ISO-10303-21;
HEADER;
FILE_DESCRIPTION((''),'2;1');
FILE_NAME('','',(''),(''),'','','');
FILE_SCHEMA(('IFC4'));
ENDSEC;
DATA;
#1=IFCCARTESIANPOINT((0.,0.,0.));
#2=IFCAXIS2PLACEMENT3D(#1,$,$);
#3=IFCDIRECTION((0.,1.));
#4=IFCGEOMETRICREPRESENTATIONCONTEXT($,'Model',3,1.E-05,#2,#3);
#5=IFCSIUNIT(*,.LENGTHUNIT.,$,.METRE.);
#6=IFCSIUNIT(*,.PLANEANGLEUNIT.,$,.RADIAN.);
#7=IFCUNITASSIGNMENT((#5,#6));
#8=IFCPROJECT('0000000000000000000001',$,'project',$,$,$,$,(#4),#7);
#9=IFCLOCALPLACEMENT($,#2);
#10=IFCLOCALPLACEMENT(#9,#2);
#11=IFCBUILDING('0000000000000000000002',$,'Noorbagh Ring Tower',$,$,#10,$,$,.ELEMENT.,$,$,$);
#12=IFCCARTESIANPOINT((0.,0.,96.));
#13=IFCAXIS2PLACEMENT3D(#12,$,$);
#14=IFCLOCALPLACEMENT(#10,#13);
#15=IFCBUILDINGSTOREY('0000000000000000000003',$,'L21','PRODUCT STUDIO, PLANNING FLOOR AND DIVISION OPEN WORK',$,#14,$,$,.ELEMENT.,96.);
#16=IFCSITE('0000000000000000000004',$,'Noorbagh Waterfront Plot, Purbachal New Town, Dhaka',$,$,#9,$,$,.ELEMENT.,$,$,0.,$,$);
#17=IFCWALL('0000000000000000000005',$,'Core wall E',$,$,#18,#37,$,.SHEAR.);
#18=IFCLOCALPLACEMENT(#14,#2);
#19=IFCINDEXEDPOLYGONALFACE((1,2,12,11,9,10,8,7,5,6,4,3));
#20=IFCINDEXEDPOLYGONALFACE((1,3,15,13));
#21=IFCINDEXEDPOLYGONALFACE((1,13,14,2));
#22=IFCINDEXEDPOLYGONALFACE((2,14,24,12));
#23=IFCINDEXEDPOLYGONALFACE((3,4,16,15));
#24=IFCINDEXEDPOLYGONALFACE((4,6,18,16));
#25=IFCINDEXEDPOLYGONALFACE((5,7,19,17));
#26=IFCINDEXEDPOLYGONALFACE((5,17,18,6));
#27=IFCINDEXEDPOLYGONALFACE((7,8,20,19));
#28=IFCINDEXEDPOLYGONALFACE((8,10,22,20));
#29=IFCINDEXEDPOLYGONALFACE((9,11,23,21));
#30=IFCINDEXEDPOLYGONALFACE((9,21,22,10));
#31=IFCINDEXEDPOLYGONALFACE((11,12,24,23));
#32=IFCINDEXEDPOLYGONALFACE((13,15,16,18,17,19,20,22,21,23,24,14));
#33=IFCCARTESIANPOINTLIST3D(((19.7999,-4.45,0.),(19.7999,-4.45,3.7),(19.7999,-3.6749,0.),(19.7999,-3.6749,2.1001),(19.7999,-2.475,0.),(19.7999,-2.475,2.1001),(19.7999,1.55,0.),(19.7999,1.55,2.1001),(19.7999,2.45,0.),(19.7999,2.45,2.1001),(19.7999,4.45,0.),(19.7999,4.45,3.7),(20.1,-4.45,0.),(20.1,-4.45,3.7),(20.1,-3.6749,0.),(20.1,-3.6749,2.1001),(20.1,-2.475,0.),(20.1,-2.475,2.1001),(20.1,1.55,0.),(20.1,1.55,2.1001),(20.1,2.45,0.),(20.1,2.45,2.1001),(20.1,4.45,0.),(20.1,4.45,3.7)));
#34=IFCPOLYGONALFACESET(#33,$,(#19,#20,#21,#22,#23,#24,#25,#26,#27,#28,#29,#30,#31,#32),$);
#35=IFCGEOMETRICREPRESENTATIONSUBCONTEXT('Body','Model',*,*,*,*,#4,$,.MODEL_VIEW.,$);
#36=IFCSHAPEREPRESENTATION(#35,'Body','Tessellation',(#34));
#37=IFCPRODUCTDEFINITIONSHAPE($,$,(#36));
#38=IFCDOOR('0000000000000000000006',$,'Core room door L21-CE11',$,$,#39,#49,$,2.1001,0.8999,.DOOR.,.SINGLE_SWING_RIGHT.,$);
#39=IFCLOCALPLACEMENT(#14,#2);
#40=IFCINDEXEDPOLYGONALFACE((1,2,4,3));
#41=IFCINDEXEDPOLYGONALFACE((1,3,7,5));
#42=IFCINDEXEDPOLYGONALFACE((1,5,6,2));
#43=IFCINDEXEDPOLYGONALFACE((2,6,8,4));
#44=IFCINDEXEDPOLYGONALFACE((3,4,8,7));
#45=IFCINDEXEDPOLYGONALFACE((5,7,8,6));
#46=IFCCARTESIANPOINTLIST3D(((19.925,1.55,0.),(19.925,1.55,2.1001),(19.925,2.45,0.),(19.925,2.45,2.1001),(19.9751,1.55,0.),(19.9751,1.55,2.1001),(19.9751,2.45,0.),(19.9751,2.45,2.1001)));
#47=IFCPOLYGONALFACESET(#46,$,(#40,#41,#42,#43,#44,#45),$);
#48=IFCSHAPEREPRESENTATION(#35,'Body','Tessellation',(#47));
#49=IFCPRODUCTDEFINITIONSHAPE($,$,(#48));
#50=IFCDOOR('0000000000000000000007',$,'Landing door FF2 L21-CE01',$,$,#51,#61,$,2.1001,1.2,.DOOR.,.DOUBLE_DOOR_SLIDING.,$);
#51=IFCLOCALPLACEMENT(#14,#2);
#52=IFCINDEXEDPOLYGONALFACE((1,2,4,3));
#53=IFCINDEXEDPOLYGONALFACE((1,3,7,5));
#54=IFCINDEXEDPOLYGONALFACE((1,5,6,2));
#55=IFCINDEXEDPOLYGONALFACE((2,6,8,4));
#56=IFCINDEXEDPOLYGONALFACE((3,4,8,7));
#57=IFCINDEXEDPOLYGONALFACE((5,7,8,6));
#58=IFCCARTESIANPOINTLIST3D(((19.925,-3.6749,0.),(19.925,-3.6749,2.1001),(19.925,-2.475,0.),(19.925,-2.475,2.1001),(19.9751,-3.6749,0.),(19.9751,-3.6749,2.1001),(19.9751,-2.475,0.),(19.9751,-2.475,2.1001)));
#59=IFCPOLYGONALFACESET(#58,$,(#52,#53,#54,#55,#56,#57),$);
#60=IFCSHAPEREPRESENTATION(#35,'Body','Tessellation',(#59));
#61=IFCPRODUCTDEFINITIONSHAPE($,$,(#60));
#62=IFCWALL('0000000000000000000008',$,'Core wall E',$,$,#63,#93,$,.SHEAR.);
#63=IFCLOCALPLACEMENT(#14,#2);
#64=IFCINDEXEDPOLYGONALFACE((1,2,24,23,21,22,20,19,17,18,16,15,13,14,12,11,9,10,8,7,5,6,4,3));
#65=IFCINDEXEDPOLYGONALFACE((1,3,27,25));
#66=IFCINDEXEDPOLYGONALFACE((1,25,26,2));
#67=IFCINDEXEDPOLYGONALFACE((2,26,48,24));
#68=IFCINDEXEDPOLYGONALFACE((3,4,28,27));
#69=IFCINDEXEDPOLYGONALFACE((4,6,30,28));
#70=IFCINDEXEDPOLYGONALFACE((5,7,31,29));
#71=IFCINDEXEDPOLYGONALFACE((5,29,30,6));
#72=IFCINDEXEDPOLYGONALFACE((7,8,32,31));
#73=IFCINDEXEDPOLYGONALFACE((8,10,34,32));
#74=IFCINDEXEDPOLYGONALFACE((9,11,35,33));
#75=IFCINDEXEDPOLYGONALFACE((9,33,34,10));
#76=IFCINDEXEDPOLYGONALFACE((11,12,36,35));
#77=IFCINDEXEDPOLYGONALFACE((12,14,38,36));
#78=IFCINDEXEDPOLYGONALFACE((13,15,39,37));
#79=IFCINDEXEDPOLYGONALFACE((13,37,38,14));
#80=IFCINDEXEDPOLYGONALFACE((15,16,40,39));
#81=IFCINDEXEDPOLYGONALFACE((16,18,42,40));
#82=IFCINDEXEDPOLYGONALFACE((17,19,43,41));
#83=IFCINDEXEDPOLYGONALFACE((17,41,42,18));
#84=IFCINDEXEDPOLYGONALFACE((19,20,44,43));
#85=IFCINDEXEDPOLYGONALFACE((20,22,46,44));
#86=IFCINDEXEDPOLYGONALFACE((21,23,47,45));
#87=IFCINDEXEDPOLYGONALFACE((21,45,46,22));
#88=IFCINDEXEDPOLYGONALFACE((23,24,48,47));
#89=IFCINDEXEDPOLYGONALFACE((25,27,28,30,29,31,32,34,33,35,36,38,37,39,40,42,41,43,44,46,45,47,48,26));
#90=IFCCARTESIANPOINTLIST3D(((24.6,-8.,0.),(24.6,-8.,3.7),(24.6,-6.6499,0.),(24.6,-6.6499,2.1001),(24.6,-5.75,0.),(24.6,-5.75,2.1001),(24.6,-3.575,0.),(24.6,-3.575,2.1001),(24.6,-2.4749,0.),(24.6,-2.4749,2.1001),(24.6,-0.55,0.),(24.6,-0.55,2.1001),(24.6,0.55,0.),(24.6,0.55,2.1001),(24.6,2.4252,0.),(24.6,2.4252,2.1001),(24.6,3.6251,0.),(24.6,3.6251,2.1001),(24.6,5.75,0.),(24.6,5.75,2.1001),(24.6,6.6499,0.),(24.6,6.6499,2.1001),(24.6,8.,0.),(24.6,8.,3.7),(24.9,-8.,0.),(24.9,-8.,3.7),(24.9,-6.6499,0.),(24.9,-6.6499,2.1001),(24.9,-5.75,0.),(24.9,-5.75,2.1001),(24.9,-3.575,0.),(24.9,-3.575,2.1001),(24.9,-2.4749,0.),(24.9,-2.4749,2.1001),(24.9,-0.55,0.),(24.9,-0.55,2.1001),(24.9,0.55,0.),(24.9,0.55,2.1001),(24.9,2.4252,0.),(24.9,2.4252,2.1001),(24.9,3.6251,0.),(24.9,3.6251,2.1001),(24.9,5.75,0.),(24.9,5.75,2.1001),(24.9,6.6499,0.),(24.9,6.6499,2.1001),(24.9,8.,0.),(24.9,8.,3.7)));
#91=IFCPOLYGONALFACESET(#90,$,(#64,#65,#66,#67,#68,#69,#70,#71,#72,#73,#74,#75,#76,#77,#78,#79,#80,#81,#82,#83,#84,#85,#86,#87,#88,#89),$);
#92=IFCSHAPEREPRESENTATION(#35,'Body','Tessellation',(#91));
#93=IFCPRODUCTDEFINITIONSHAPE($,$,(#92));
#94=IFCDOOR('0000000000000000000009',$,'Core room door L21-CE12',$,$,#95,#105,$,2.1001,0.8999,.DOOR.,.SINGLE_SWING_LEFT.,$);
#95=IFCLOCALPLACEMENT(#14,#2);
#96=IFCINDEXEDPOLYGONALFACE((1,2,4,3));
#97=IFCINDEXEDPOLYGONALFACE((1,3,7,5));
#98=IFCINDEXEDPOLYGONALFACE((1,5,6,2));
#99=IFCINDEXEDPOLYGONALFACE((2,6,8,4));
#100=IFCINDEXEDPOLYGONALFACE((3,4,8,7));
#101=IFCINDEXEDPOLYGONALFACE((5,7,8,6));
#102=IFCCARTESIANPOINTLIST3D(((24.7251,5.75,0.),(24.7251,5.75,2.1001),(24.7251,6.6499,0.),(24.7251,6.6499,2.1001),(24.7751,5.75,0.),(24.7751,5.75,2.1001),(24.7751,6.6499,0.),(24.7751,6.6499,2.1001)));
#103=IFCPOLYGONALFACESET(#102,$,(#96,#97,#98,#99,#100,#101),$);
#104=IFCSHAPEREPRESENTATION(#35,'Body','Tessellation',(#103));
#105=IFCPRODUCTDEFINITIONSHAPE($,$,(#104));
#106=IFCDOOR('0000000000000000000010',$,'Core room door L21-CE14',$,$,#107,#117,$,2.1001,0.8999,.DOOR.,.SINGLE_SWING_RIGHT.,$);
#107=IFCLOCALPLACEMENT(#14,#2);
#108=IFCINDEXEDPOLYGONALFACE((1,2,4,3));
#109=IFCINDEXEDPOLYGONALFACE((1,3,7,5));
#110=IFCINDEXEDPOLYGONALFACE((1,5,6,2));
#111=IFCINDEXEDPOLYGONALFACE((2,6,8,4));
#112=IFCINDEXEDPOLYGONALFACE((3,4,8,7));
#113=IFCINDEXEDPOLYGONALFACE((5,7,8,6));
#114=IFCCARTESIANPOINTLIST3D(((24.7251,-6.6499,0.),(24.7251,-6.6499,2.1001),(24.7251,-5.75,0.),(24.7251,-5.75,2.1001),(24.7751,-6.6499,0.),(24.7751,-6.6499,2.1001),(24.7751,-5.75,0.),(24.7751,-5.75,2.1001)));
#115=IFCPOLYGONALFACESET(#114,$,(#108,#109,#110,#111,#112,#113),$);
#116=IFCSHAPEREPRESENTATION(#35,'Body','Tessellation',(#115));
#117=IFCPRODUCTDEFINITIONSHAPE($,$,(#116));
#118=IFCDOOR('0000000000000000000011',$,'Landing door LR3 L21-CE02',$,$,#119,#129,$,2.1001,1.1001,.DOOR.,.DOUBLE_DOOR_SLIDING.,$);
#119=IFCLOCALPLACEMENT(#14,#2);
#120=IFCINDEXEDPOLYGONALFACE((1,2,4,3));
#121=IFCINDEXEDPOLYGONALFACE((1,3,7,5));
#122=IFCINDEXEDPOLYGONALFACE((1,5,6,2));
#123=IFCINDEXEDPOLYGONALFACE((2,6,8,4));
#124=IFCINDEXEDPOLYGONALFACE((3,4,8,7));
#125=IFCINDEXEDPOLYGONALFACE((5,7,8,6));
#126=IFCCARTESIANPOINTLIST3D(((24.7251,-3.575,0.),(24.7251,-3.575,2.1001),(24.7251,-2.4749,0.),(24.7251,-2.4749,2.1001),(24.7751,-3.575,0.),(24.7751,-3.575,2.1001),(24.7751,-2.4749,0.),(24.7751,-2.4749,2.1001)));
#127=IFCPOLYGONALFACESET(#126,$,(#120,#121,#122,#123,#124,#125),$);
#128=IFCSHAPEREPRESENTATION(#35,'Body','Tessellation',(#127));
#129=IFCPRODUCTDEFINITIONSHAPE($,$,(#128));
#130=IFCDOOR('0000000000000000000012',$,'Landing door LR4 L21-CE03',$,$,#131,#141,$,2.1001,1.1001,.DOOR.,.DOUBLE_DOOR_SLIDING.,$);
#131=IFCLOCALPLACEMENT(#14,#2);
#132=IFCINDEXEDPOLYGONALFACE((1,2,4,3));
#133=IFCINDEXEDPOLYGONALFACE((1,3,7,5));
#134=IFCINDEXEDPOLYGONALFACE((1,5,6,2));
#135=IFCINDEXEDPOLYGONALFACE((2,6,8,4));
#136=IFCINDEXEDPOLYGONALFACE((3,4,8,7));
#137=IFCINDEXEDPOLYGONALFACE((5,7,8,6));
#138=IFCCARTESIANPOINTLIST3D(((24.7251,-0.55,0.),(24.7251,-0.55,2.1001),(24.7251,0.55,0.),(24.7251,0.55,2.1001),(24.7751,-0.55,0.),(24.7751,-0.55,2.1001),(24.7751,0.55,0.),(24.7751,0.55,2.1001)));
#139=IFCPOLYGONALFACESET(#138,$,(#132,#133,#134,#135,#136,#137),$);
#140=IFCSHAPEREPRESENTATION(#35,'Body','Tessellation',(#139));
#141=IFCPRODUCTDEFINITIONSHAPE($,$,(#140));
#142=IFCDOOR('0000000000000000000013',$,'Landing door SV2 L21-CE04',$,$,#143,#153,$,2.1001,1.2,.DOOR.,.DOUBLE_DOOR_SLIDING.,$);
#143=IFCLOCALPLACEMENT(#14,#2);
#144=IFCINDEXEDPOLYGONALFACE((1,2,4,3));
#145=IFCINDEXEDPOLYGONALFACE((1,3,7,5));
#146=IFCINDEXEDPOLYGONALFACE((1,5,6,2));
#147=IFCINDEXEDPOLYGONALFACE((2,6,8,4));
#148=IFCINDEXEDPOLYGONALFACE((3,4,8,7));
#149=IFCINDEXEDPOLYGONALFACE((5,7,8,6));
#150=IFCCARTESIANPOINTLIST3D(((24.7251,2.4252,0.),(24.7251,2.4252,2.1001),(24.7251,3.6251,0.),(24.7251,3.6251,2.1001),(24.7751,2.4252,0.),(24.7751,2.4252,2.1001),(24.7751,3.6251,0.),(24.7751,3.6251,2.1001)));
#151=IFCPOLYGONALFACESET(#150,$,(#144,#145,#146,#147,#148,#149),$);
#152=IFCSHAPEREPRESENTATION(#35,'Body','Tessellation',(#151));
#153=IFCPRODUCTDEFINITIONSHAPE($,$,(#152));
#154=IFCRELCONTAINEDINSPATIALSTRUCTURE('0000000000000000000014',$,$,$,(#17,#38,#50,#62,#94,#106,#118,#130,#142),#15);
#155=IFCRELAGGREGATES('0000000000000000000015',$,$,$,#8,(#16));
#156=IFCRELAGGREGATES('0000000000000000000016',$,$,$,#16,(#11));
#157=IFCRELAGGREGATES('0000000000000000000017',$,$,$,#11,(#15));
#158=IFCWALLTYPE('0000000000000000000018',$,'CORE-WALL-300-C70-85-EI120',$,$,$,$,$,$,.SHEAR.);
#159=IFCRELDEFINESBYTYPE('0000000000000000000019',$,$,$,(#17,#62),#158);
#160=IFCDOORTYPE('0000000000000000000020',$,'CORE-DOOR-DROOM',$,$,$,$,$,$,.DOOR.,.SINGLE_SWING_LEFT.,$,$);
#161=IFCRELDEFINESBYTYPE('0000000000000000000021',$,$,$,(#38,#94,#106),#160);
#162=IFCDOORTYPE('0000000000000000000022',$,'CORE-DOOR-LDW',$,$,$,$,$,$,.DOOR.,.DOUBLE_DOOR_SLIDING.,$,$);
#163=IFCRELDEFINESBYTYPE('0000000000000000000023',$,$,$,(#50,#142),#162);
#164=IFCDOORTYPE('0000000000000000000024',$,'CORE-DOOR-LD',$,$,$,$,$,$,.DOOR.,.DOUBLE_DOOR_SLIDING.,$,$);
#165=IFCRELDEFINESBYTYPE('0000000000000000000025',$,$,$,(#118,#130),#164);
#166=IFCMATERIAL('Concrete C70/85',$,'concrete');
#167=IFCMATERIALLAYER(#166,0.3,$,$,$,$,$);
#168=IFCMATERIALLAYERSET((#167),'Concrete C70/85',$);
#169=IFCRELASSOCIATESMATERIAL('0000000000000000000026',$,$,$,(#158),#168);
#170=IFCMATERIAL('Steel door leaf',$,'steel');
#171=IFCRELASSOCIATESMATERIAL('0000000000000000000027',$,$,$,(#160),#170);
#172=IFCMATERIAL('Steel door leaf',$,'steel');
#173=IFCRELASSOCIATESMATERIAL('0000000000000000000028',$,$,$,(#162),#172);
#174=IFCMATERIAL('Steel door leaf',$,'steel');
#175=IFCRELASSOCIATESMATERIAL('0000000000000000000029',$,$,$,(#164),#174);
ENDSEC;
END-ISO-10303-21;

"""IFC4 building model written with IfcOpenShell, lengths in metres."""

from ifc_helpers import new_model, si_unit, direction, frame, frame_2d, origin, place, context, subcontext, project, spatial, rectangle, extrude, material, layer, layer_set, type_object, element, fill, save


model = new_model("IFC4")

# Units and contexts
model_context = context("Model", 3, precision=1e-05, world=origin(), true_north=direction((0.0, 1.0)))
body_context = subcontext(model_context, "Body", "Model", "MODEL_VIEW")
ifc_project = project(units=[si_unit("LENGTHUNIT", "METRE"), si_unit("PLANEANGLEUNIT", "RADIAN")], contexts=[model_context])

# Site, building, storey
site_placement = place(None, origin())
site = spatial("IfcSite", under=ifc_project, at=site_placement, Name="Noorbagh Waterfront Plot, Purbachal New Town, Dhaka", CompositionType="ELEMENT", RefElevation=0.0)
building_placement = place(site_placement, origin())
building = spatial("IfcBuilding", under=site, at=building_placement, Name="Noorbagh Ring Tower", CompositionType="ELEMENT")
storey_placement = place(building_placement, frame((0.0, 0.0, 96.0)))
storey = spatial("IfcBuildingStorey", under=building, at=storey_placement, Name="L21", Description="PRODUCT STUDIO, PLANNING FLOOR AND DIVISION OPEN WORK", CompositionType="ELEMENT", Elevation=96.0)

# Shared definitions
ifc_material_1 = material(Name="Concrete C70/85", Category="concrete")
ifc_layer_1 = layer(ifc_material_1, 0.3)
ifc_layer_set_1 = layer_set([ifc_layer_1], Name="Concrete C70/85")
wall_type_1 = type_object("IfcWallType", Name="CORE-WALL-300-C70-85-EI120", PredefinedType="SHEAR", material=ifc_layer_set_1)

# Walls, openings, doors
wall_1_placement = place(storey_placement, frame((19.95, -4.45, 0.0), z_axis=(0.0, 0.0, 1.0), x_axis=(0.0, 1.0, 0.0)))
wall_1 = element("IfcWall", 1, at=wall_1_placement, inside=storey, type_object=wall_type_1, Name="Core wall E", PredefinedType="SHEAR", context=body_context, shape_type="SweptSolid", body=[
    extrude(rectangle(XDim=8.8999, YDim=0.3, at=frame_2d((4.45, 0.0))), origin(), (0.0, 0.0, 1.0), 3.7),
])
opening_1_placement = place(wall_1_placement, frame((0.7749, 0.0, 0.0)))
opening_1 = element("IfcOpeningElement", 2, at=opening_1_placement, cuts=wall_1, PredefinedType="OPENING", context=body_context, shape_type="SweptSolid", body=[
    extrude(rectangle(XDim=1.2, YDim=2.1001, at=frame_2d((0.6001, 1.05))), frame((0.0, 0.1602, 0.0), z_axis=(0.0, -1.0, 0.0), x_axis=(1.0, 0.0, 0.0)), (0.0, 0.0, 1.0), 0.3201),
])
opening_2_placement = place(wall_1_placement, frame((6.0, 0.0, 0.0)))
opening_2 = element("IfcOpeningElement", 3, at=opening_2_placement, cuts=wall_1, PredefinedType="OPENING", context=body_context, shape_type="SweptSolid", body=[
    extrude(rectangle(XDim=0.8999, YDim=2.1001, at=frame_2d((0.45, 1.05))), frame((0.0, 0.1602, 0.0), z_axis=(0.0, -1.0, 0.0), x_axis=(1.0, 0.0, 0.0)), (0.0, 0.0, 1.0), 0.3201),
])
ifc_material_2 = material(Name="Steel door leaf", Category="steel")
door_type_1 = type_object("IfcDoorType", Name="CORE-DOOR-DROOM", OperationType="SINGLE_SWING_LEFT", PredefinedType="DOOR", material=ifc_material_2)
door_1_placement = place(opening_2_placement, origin())
door_1 = element("IfcDoor", 4, at=door_1_placement, inside=storey, type_object=door_type_1, Name="Core room door L21-CE11", OperationType="SINGLE_SWING_RIGHT", OverallHeight=2.1001, OverallWidth=0.8999, PredefinedType="DOOR", context=body_context, shape_type="SweptSolid", body=[
    extrude(rectangle(XDim=0.8999, YDim=2.1001, at=frame_2d((0.45, 1.05))), frame((0.0, 0.0249, 0.0), z_axis=(0.0, -1.0, 0.0), x_axis=(1.0, 0.0, 0.0)), (0.0, 0.0, 1.0), 0.05),
])
fill(opening_2, door_1)
ifc_material_3 = material(Name="Steel door leaf", Category="steel")
door_type_2 = type_object("IfcDoorType", Name="CORE-DOOR-LDW", OperationType="DOUBLE_DOOR_SLIDING", PredefinedType="DOOR", material=ifc_material_3)
door_2_placement = place(opening_1_placement, origin())
door_2 = element("IfcDoor", 5, at=door_2_placement, inside=storey, type_object=door_type_2, Name="Landing door FF2 L21-CE01", OperationType="DOUBLE_DOOR_SLIDING", OverallHeight=2.1001, OverallWidth=1.2, PredefinedType="DOOR", context=body_context, shape_type="SweptSolid", body=[
    extrude(rectangle(XDim=1.2, YDim=2.1001, at=frame_2d((0.6001, 1.05))), frame((0.0, 0.0249, 0.0), z_axis=(0.0, -1.0, 0.0), x_axis=(1.0, 0.0, 0.0)), (0.0, 0.0, 1.0), 0.05),
])
fill(opening_1, door_2)
wall_2_placement = place(storey_placement, frame((24.75, -8.0, 0.0), z_axis=(0.0, 0.0, 1.0), x_axis=(0.0, 1.0, 0.0)))
wall_2 = element("IfcWall", 6, at=wall_2_placement, inside=storey, type_object=wall_type_1, Name="Core wall E", PredefinedType="SHEAR", context=body_context, shape_type="SweptSolid", body=[
    extrude(rectangle(XDim=16.0, YDim=0.3, at=frame_2d((8.0, 0.0))), origin(), (0.0, 0.0, 1.0), 3.7),
])
opening_3_placement = place(wall_2_placement, frame((4.425, 0.0, 0.0)))
opening_3 = element("IfcOpeningElement", 7, at=opening_3_placement, cuts=wall_2, PredefinedType="OPENING", context=body_context, shape_type="SweptSolid", body=[
    extrude(rectangle(XDim=1.1001, YDim=2.1001, at=frame_2d((0.55, 1.05))), frame((0.0, 0.1602, 0.0), z_axis=(0.0, -1.0, 0.0), x_axis=(1.0, 0.0, 0.0)), (0.0, 0.0, 1.0), 0.3201),
])
opening_4_placement = place(wall_2_placement, frame((7.45, 0.0, 0.0)))
opening_4 = element("IfcOpeningElement", 8, at=opening_4_placement, cuts=wall_2, PredefinedType="OPENING", context=body_context, shape_type="SweptSolid", body=[
    extrude(rectangle(XDim=1.1001, YDim=2.1001, at=frame_2d((0.55, 1.05))), frame((0.0, 0.1602, 0.0), z_axis=(0.0, -1.0, 0.0), x_axis=(1.0, 0.0, 0.0)), (0.0, 0.0, 1.0), 0.3201),
])
opening_5_placement = place(wall_2_placement, frame((10.425, 0.0, 0.0)))
opening_5 = element("IfcOpeningElement", 9, at=opening_5_placement, cuts=wall_2, PredefinedType="OPENING", context=body_context, shape_type="SweptSolid", body=[
    extrude(rectangle(XDim=1.2, YDim=2.1001, at=frame_2d((0.6001, 1.05))), frame((0.0, 0.1602, 0.0), z_axis=(0.0, -1.0, 0.0), x_axis=(1.0, 0.0, 0.0)), (0.0, 0.0, 1.0), 0.3201),
])
opening_6_placement = place(wall_2_placement, frame((13.75, 0.0, 0.0)))
opening_6 = element("IfcOpeningElement", 10, at=opening_6_placement, cuts=wall_2, PredefinedType="OPENING", context=body_context, shape_type="SweptSolid", body=[
    extrude(rectangle(XDim=0.8999, YDim=2.1001, at=frame_2d((0.45, 1.05))), frame((0.0, 0.1602, 0.0), z_axis=(0.0, -1.0, 0.0), x_axis=(1.0, 0.0, 0.0)), (0.0, 0.0, 1.0), 0.3201),
])
opening_7_placement = place(wall_2_placement, frame((1.3501, 0.0, 0.0)))
opening_7 = element("IfcOpeningElement", 11, at=opening_7_placement, cuts=wall_2, PredefinedType="OPENING", context=body_context, shape_type="SweptSolid", body=[
    extrude(rectangle(XDim=0.8999, YDim=2.1001, at=frame_2d((0.45, 1.05))), frame((0.0, 0.1602, 0.0), z_axis=(0.0, -1.0, 0.0), x_axis=(1.0, 0.0, 0.0)), (0.0, 0.0, 1.0), 0.3201),
])
door_3_placement = place(opening_6_placement, origin())
door_3 = element("IfcDoor", 12, at=door_3_placement, inside=storey, type_object=door_type_1, Name="Core room door L21-CE12", OperationType="SINGLE_SWING_LEFT", OverallHeight=2.1001, OverallWidth=0.8999, PredefinedType="DOOR", context=body_context, shape_type="SweptSolid", body=[
    extrude(rectangle(XDim=0.8999, YDim=2.1001, at=frame_2d((0.45, 1.05))), frame((0.0, 0.0249, 0.0), z_axis=(0.0, -1.0, 0.0), x_axis=(1.0, 0.0, 0.0)), (0.0, 0.0, 1.0), 0.05),
])
fill(opening_6, door_3)
door_4_placement = place(opening_7_placement, origin())
door_4 = element("IfcDoor", 13, at=door_4_placement, inside=storey, type_object=door_type_1, Name="Core room door L21-CE14", OperationType="SINGLE_SWING_RIGHT", OverallHeight=2.1001, OverallWidth=0.8999, PredefinedType="DOOR", context=body_context, shape_type="SweptSolid", body=[
    extrude(rectangle(XDim=0.8999, YDim=2.1001, at=frame_2d((0.45, 1.05))), frame((0.0, 0.0249, 0.0), z_axis=(0.0, -1.0, 0.0), x_axis=(1.0, 0.0, 0.0)), (0.0, 0.0, 1.0), 0.05),
])
fill(opening_7, door_4)
ifc_material_4 = material(Name="Steel door leaf", Category="steel")
door_type_3 = type_object("IfcDoorType", Name="CORE-DOOR-LD", OperationType="DOUBLE_DOOR_SLIDING", PredefinedType="DOOR", material=ifc_material_4)
door_5_placement = place(opening_3_placement, origin())
door_5 = element("IfcDoor", 14, at=door_5_placement, inside=storey, type_object=door_type_3, Name="Landing door LR3 L21-CE02", OperationType="DOUBLE_DOOR_SLIDING", OverallHeight=2.1001, OverallWidth=1.1001, PredefinedType="DOOR", context=body_context, shape_type="SweptSolid", body=[
    extrude(rectangle(XDim=1.1001, YDim=2.1001, at=frame_2d((0.55, 1.05))), frame((0.0, 0.0249, 0.0), z_axis=(0.0, -1.0, 0.0), x_axis=(1.0, 0.0, 0.0)), (0.0, 0.0, 1.0), 0.05),
])
fill(opening_3, door_5)
door_6_placement = place(opening_4_placement, origin())
door_6 = element("IfcDoor", 15, at=door_6_placement, inside=storey, type_object=door_type_3, Name="Landing door LR4 L21-CE03", OperationType="DOUBLE_DOOR_SLIDING", OverallHeight=2.1001, OverallWidth=1.1001, PredefinedType="DOOR", context=body_context, shape_type="SweptSolid", body=[
    extrude(rectangle(XDim=1.1001, YDim=2.1001, at=frame_2d((0.55, 1.05))), frame((0.0, 0.0249, 0.0), z_axis=(0.0, -1.0, 0.0), x_axis=(1.0, 0.0, 0.0)), (0.0, 0.0, 1.0), 0.05),
])
fill(opening_4, door_6)
door_7_placement = place(opening_5_placement, origin())
door_7 = element("IfcDoor", 16, at=door_7_placement, inside=storey, type_object=door_type_2, Name="Landing door SV2 L21-CE04", OperationType="DOUBLE_DOOR_SLIDING", OverallHeight=2.1001, OverallWidth=1.2, PredefinedType="DOOR", context=body_context, shape_type="SweptSolid", body=[
    extrude(rectangle(XDim=1.2, YDim=2.1001, at=frame_2d((0.6001, 1.05))), frame((0.0, 0.0249, 0.0), z_axis=(0.0, -1.0, 0.0), x_axis=(1.0, 0.0, 0.0)), (0.0, 0.0, 1.0), 0.05),
])
fill(opening_5, door_7)

save(model, "model.ifc")
